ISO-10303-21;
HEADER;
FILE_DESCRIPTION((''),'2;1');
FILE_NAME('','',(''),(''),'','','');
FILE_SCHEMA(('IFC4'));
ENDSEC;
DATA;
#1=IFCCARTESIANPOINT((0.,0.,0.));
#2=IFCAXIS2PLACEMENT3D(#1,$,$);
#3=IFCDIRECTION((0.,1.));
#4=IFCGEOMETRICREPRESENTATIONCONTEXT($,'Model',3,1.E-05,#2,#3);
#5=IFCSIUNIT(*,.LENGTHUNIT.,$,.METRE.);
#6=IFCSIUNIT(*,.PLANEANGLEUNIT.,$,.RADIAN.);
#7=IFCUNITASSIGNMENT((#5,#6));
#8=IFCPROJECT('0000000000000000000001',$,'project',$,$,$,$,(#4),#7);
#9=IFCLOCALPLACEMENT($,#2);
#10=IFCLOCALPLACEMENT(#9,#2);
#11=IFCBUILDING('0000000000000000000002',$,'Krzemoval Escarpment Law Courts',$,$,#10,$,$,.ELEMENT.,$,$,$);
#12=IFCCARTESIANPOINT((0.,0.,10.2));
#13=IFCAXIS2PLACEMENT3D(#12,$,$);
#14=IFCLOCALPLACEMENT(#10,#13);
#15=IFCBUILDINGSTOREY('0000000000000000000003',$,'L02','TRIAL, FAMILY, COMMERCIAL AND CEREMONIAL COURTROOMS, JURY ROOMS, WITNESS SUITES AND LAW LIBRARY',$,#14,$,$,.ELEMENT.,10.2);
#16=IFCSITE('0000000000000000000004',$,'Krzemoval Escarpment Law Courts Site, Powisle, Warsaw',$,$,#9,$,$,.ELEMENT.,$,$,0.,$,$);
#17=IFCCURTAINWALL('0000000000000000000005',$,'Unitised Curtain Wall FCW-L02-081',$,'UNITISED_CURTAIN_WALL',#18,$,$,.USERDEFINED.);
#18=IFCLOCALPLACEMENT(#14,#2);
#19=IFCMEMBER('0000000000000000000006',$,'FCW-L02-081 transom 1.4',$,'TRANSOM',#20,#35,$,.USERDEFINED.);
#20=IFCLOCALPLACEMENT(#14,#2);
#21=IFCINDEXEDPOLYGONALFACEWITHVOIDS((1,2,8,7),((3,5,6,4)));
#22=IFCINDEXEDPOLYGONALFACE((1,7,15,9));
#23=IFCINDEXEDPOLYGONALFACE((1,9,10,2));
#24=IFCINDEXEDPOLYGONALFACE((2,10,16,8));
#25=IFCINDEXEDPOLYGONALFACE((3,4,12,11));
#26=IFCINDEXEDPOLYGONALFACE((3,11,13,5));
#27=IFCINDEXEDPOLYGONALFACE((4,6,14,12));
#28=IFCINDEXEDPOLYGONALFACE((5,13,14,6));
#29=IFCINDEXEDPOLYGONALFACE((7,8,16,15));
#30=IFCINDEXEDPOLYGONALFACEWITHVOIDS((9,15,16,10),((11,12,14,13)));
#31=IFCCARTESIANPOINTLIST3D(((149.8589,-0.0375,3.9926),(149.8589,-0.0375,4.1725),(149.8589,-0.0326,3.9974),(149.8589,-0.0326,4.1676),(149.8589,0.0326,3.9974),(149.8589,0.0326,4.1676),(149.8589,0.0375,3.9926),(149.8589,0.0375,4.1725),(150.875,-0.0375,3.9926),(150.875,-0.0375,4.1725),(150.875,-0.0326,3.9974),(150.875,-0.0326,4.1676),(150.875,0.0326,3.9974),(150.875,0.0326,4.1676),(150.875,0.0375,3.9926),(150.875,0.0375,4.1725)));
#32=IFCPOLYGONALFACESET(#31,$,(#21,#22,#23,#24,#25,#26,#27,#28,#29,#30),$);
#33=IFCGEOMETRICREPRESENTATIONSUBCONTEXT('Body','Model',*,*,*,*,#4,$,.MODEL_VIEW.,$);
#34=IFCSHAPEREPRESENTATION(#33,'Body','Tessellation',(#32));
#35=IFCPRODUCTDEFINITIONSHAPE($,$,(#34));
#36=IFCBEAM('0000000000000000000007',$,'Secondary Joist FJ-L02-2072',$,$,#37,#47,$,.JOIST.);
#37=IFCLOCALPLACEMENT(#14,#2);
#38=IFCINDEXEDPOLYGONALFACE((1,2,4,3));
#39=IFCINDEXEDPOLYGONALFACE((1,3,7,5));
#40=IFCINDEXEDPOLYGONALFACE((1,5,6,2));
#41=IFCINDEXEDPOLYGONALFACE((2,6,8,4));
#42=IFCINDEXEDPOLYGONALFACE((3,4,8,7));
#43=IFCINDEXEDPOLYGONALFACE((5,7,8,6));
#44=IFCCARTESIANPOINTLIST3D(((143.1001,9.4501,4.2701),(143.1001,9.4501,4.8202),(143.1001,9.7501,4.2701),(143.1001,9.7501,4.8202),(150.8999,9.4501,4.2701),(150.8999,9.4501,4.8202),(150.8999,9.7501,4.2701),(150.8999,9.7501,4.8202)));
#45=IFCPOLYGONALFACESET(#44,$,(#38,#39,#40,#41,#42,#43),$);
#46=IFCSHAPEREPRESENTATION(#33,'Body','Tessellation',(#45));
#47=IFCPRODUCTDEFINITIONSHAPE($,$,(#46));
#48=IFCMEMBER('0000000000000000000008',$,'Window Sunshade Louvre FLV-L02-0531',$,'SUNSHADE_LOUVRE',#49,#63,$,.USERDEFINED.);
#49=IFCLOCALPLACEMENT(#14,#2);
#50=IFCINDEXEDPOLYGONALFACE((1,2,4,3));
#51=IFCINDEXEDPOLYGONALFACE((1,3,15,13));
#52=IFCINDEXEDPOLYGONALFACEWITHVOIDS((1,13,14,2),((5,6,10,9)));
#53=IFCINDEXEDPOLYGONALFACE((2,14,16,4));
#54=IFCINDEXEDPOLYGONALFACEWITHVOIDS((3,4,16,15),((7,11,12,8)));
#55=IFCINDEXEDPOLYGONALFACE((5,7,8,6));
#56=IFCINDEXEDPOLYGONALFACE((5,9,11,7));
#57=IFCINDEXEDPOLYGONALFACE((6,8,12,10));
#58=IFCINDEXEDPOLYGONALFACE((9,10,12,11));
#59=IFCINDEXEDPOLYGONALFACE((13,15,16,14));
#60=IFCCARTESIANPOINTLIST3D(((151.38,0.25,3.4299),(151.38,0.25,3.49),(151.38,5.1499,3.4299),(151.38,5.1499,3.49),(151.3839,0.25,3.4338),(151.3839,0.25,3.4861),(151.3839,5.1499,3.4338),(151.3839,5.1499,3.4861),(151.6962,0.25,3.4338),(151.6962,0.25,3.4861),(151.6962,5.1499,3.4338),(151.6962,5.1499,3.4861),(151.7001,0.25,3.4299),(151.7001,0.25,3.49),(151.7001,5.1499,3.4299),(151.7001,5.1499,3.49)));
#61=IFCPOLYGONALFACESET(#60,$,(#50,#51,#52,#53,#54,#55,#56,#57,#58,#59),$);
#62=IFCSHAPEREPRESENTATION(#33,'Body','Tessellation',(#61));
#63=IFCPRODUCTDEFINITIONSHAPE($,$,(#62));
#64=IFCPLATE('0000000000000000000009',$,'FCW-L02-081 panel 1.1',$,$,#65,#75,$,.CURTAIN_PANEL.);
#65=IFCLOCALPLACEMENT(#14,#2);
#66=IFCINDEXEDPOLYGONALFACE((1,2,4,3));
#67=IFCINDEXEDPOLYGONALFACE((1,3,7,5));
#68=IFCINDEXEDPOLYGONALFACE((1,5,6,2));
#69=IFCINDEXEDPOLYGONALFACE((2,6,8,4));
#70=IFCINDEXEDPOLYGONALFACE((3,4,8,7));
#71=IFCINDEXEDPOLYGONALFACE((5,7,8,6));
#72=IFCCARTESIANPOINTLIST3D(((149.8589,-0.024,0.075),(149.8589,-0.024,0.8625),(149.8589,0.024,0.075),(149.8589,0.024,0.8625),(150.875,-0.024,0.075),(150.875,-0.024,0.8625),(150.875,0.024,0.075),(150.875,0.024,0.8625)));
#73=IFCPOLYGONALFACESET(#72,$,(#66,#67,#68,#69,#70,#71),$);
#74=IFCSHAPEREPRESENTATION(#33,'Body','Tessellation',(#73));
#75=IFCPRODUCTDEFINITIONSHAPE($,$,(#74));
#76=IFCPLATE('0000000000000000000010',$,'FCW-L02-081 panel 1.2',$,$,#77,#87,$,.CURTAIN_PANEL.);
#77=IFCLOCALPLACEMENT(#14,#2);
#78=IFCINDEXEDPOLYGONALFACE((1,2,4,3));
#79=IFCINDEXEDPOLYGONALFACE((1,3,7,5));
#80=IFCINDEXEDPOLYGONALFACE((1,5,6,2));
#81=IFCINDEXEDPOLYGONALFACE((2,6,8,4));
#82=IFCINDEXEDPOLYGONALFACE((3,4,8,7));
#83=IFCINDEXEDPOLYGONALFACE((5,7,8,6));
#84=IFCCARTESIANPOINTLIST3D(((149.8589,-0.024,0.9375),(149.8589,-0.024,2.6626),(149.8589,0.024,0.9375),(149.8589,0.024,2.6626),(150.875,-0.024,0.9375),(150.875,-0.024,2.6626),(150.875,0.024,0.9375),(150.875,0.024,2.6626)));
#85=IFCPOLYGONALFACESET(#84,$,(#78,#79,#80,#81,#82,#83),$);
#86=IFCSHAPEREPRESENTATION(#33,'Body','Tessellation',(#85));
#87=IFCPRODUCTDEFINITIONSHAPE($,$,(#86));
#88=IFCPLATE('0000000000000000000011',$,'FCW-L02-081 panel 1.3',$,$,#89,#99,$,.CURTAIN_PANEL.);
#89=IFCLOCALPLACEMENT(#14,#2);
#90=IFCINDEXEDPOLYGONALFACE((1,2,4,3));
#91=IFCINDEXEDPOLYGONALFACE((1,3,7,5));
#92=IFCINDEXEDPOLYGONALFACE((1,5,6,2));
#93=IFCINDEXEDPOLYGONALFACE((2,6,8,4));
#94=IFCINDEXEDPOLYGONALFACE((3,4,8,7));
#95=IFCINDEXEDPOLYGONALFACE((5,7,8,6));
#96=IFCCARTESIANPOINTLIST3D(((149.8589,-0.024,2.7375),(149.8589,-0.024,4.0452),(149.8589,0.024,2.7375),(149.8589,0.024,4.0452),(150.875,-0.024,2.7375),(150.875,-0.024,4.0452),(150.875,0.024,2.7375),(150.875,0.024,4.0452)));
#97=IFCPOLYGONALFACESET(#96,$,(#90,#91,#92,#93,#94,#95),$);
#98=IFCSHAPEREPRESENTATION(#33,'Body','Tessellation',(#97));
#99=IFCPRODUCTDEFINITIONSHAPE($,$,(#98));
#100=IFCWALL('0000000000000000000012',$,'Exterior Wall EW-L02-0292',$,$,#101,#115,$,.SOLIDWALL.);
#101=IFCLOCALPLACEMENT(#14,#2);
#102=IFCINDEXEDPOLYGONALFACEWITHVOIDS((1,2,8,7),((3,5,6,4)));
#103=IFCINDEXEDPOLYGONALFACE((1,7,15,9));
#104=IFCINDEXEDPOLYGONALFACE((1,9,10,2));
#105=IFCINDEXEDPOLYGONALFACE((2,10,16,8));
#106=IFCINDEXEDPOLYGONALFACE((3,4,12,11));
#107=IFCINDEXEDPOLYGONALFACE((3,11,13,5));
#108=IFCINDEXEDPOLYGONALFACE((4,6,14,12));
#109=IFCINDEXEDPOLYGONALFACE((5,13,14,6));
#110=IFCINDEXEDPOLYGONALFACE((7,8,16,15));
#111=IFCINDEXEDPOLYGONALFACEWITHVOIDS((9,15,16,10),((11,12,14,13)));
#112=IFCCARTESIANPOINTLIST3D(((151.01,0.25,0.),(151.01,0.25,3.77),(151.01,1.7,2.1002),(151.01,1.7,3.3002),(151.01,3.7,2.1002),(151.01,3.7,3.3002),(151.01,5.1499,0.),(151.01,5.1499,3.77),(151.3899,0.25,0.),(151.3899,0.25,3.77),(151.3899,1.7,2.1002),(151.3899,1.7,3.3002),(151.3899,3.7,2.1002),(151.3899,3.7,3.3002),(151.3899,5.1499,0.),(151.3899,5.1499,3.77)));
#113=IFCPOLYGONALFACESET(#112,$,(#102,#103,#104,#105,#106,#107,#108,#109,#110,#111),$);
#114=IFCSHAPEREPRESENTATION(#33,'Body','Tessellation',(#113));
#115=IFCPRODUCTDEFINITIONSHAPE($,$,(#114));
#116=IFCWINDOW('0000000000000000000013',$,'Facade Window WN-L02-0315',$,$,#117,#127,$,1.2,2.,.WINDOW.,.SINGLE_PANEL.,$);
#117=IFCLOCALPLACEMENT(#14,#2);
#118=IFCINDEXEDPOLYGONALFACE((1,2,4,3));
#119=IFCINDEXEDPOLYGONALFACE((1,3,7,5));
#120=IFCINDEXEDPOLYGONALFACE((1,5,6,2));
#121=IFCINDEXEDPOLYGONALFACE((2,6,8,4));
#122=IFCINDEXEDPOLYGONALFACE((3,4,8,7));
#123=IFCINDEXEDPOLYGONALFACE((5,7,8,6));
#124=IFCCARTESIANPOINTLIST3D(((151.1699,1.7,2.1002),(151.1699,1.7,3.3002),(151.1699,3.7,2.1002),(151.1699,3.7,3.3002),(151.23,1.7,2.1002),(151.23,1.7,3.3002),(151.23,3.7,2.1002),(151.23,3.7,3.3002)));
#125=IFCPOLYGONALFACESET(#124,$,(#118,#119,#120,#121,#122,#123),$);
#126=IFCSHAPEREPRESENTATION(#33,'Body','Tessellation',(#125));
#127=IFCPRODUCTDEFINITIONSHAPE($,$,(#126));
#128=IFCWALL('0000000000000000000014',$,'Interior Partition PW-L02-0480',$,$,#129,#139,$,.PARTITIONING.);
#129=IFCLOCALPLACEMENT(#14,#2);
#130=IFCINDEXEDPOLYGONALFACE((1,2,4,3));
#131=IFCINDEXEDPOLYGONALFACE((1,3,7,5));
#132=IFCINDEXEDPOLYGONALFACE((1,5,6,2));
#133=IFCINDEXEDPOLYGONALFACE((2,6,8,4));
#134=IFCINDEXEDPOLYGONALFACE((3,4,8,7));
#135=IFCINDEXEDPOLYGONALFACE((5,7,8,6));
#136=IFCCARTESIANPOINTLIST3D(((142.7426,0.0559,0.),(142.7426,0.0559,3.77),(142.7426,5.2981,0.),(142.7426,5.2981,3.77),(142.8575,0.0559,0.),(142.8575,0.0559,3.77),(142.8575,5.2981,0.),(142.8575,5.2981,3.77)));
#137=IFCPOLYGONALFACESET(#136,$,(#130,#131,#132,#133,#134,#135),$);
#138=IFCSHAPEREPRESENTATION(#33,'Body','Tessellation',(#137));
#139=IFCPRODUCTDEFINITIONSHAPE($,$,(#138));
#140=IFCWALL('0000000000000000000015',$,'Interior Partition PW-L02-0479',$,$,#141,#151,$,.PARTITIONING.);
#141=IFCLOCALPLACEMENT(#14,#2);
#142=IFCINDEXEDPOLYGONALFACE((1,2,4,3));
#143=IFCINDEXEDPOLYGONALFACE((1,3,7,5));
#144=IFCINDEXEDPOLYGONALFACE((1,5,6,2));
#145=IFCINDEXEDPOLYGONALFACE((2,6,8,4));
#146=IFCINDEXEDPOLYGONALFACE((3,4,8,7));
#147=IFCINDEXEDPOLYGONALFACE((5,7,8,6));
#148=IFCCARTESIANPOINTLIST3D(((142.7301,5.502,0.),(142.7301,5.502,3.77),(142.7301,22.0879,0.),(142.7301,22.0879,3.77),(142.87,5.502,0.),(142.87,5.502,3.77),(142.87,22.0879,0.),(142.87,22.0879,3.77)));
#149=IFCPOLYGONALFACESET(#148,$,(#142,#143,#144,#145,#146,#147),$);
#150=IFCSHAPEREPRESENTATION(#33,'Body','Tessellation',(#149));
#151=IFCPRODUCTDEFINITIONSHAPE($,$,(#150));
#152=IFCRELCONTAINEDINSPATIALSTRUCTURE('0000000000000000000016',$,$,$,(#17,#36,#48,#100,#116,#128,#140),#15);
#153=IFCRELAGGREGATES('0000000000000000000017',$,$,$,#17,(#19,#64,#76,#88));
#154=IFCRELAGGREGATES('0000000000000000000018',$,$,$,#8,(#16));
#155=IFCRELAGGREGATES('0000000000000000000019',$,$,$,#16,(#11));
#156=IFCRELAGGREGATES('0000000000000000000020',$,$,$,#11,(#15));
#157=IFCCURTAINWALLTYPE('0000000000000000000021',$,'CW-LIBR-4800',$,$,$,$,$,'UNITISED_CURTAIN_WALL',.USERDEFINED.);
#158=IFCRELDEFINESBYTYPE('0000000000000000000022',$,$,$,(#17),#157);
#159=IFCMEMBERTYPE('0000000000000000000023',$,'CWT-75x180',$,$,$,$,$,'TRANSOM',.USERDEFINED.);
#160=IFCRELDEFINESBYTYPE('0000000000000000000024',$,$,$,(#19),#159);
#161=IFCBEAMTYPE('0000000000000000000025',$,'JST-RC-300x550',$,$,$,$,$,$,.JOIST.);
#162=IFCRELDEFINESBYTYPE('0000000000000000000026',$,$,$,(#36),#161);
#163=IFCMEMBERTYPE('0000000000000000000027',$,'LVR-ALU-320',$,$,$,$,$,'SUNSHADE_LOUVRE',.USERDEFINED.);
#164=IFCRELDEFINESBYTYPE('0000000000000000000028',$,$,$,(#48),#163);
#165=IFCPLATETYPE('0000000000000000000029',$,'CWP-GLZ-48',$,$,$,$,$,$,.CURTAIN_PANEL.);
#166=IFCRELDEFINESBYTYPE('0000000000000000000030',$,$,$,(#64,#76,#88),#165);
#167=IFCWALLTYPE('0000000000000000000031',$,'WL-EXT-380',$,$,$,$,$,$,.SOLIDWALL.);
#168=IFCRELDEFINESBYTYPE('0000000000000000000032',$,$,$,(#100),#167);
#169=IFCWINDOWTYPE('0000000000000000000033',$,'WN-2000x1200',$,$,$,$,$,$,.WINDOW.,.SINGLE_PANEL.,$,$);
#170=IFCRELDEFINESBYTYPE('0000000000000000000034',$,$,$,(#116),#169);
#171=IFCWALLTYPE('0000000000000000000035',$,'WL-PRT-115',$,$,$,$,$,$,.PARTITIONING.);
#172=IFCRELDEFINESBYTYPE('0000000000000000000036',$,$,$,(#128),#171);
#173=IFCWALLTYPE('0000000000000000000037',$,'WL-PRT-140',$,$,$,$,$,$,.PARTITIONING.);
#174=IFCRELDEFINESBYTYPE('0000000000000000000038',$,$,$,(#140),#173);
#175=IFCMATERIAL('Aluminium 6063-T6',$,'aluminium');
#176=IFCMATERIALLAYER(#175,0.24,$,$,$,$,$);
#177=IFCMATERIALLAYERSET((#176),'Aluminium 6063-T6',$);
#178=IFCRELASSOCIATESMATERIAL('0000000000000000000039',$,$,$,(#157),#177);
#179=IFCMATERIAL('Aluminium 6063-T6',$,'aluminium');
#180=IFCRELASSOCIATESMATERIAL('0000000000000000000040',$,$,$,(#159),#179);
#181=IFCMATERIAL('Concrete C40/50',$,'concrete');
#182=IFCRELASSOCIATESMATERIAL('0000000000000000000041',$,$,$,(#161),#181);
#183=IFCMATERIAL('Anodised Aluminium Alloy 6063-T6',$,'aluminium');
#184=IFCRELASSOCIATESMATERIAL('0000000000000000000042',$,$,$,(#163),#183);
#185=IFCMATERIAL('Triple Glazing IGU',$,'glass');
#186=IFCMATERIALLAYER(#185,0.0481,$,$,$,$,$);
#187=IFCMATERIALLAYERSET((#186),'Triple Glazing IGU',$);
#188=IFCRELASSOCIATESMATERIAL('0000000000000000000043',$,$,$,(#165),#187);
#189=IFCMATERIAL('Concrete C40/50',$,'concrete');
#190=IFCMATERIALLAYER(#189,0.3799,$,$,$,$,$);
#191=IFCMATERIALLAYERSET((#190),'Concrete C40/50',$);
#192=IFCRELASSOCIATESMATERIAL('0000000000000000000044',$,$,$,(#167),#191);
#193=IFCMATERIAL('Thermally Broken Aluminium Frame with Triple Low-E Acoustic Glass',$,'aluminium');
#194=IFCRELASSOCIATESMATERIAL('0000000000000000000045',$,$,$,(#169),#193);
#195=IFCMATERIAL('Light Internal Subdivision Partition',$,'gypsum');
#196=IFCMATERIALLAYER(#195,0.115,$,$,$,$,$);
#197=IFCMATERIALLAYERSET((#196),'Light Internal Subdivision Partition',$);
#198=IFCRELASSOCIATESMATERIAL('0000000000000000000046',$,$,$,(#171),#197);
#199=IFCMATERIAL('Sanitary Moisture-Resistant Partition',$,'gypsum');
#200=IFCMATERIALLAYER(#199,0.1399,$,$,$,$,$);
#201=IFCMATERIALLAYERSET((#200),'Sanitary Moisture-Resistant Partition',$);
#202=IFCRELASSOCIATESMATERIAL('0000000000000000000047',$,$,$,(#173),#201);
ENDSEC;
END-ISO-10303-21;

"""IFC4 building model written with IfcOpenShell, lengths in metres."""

from ifc_helpers import new_model, si_unit, direction, frame, frame_2d, origin, origin_2d, place, context, subcontext, project, spatial, rectangle, hollow_rectangle, extrude, material, layer, layer_set, material_profile, profile_set, type_object, element, fill, aggregate, save


model = new_model("IFC4")

# Units and contexts
model_context = context("Model", 3, precision=1e-05, world=origin(), true_north=direction((0.0, 1.0)))
body_context = subcontext(model_context, "Body", "Model", "MODEL_VIEW")
ifc_project = project(units=[si_unit("LENGTHUNIT", "METRE"), si_unit("PLANEANGLEUNIT", "RADIAN")], contexts=[model_context])

# Site, building, storey
site_placement = place(None, origin())
site = spatial("IfcSite", under=ifc_project, at=site_placement, Name="Krzemoval Escarpment Law Courts Site, Powisle, Warsaw", CompositionType="ELEMENT", RefElevation=0.0)
building_placement = place(site_placement, origin())
building = spatial("IfcBuilding", under=site, at=building_placement, Name="Krzemoval Escarpment Law Courts", CompositionType="ELEMENT")
storey_placement = place(building_placement, frame((0.0, 0.0, 10.2)))
storey = spatial("IfcBuildingStorey", under=building, at=storey_placement, Name="L02", Description="TRIAL, FAMILY, COMMERCIAL AND CEREMONIAL COURTROOMS, JURY ROOMS, WITNESS SUITES AND LAW LIBRARY", CompositionType="ELEMENT", Elevation=10.2)

# Curtain wall, member
ifc_material_1 = material(Name="Aluminium 6063-T6", Category="aluminium")
ifc_layer_1 = layer(ifc_material_1, 0.24)
ifc_layer_set_1 = layer_set([ifc_layer_1], Name="Aluminium 6063-T6")
curtain_wall_type = type_object("IfcCurtainWallType", Name="CW-LIBR-4800", ElementType="UNITISED_CURTAIN_WALL", PredefinedType="USERDEFINED", material=ifc_layer_set_1)
curtain_wall_placement = place(storey_placement, origin())
curtain_wall = element("IfcCurtainWall", 1, at=curtain_wall_placement, inside=storey, type_object=curtain_wall_type, Name="Unitised Curtain Wall FCW-L02-081", ObjectType="UNITISED_CURTAIN_WALL", PredefinedType="USERDEFINED")
ifc_material_2 = material(Name="Aluminium 6063-T6", Category="aluminium")
ifc_material_profile_1 = material_profile(ifc_material_2, hollow_rectangle(XDim=0.075, YDim=0.1799, WallThickness=0.0049, at=origin_2d()), Name="ALU T75x180")
ifc_profile_set_1 = profile_set([ifc_material_profile_1], Name="Aluminium 6063-T6")
member_type_1 = type_object("IfcMemberType", Name="CWT-75x180", ElementType="TRANSOM", PredefinedType="USERDEFINED", material=ifc_profile_set_1)
member_1_placement = place(storey_placement, frame((150.875, 0.0, 4.0825), z_axis=(-1.0, 0.0, 0.0), x_axis=(0.0, -1.0, 0.0)))
member_1 = element("IfcMember", 2, at=member_1_placement, type_object=member_type_1, Name="FCW-L02-081 transom 1.4", ObjectType="TRANSOM", PredefinedType="USERDEFINED", context=body_context, shape_type="SweptSolid", body=[
    extrude(hollow_rectangle(XDim=0.075, YDim=0.1799, WallThickness=0.0049, at=origin_2d()), origin(), (0.0, 0.0, 1.0), 1.0161),
])

# Beam
ifc_material_3 = material(Name="Concrete C40/50", Category="concrete")
ifc_material_profile_2 = material_profile(ifc_material_3, rectangle(XDim=0.3, YDim=0.55, at=origin_2d()), Name="RCB 300x550")
ifc_profile_set_2 = profile_set([ifc_material_profile_2], Name="Concrete C40/50")
beam_type_1 = type_object("IfcBeamType", Name="JST-RC-300x550", PredefinedType="JOIST", material=ifc_profile_set_2)
beam_1_placement = place(storey_placement, frame((143.1001, 9.6001, 4.5452), z_axis=(1.0, 0.0, 0.0), x_axis=(0.0, 1.0, 0.0)))
element("IfcBeam", 3, at=beam_1_placement, inside=storey, type_object=beam_type_1, Name="Secondary Joist FJ-L02-2072", PredefinedType="JOIST", context=body_context, shape_type="SweptSolid", body=[
    extrude(rectangle(XDim=0.3, YDim=0.55, at=origin_2d()), origin(), (0.0, 0.0, 1.0), 7.7998),
])

# Member
ifc_material_4 = material(Name="Anodised Aluminium Alloy 6063-T6", Category="aluminium")
ifc_material_profile_3 = material_profile(ifc_material_4, hollow_rectangle(XDim=0.0601, YDim=0.3201, WallThickness=0.0039, at=origin_2d()), Name="ALU LVR 60x320")
ifc_profile_set_3 = profile_set([ifc_material_profile_3], Name="Anodised Aluminium Alloy 6063-T6")
member_type_2 = type_object("IfcMemberType", Name="LVR-ALU-320", ElementType="SUNSHADE_LOUVRE", PredefinedType="USERDEFINED", material=ifc_profile_set_3)
member_2_placement = place(storey_placement, frame((151.54, 5.1499, 3.46), z_axis=(0.0, -1.0, 0.0), x_axis=(0.0, 0.0, 1.0)))
element("IfcMember", 4, at=member_2_placement, inside=storey, type_object=member_type_2, Name="Window Sunshade Louvre FLV-L02-0531", ObjectType="SUNSHADE_LOUVRE", PredefinedType="USERDEFINED", context=body_context, shape_type="SweptSolid", body=[
    extrude(hollow_rectangle(XDim=0.0601, YDim=0.3201, WallThickness=0.0039, at=origin_2d()), origin(), (0.0, 0.0, 1.0), 4.8999),
])

# Plates
ifc_material_5 = material(Name="Triple Glazing IGU", Category="glass")
ifc_layer_2 = layer(ifc_material_5, 0.0481)
ifc_layer_set_2 = layer_set([ifc_layer_2], Name="Triple Glazing IGU")
plate_type = type_object("IfcPlateType", Name="CWP-GLZ-48", PredefinedType="CURTAIN_PANEL", material=ifc_layer_set_2)
plate_1_placement = place(storey_placement, frame((150.3669, 0.0, 0.075), z_axis=(0.0, 0.0, 1.0), x_axis=(-1.0, 0.0, 0.0)))
plate_1 = element("IfcPlate", 5, at=plate_1_placement, type_object=plate_type, Name="FCW-L02-081 panel 1.1", PredefinedType="CURTAIN_PANEL", context=body_context, shape_type="SweptSolid", body=[
    extrude(rectangle(XDim=1.0161, YDim=0.0481, at=origin_2d()), origin(), (0.0, 0.0, 1.0), 0.7876),
])
plate_2_placement = place(storey_placement, frame((150.3669, 0.0, 0.9375), z_axis=(0.0, 0.0, 1.0), x_axis=(-1.0, 0.0, 0.0)))
plate_2 = element("IfcPlate", 6, at=plate_2_placement, type_object=plate_type, Name="FCW-L02-081 panel 1.2", PredefinedType="CURTAIN_PANEL", context=body_context, shape_type="SweptSolid", body=[
    extrude(rectangle(XDim=1.0161, YDim=0.0481, at=origin_2d()), origin(), (0.0, 0.0, 1.0), 1.7251),
])
plate_3_placement = place(storey_placement, frame((150.3669, 0.0, 2.7375), z_axis=(0.0, 0.0, 1.0), x_axis=(-1.0, 0.0, 0.0)))
plate_3 = element("IfcPlate", 7, at=plate_3_placement, type_object=plate_type, Name="FCW-L02-081 panel 1.3", PredefinedType="CURTAIN_PANEL", context=body_context, shape_type="SweptSolid", body=[
    extrude(rectangle(XDim=1.0161, YDim=0.0481, at=origin_2d()), origin(), (0.0, 0.0, 1.0), 1.3076),
])
aggregate(curtain_wall, [member_1, plate_1, plate_2, plate_3])

# Wall, opening, window
ifc_material_6 = material(Name="Concrete C40/50", Category="concrete")
ifc_layer_3 = layer(ifc_material_6, 0.3799)
ifc_layer_set_3 = layer_set([ifc_layer_3], Name="Concrete C40/50")
wall_type_1 = type_object("IfcWallType", Name="WL-EXT-380", PredefinedType="SOLIDWALL", material=ifc_layer_set_3)
wall_1_placement = place(storey_placement, frame((151.2, 5.1499, 0.0), z_axis=(0.0, 0.0, 1.0), x_axis=(0.0, -1.0, 0.0)))
wall_1 = element("IfcWall", 8, at=wall_1_placement, inside=storey, type_object=wall_type_1, Name="Exterior Wall EW-L02-0292", PredefinedType="SOLIDWALL", context=body_context, shape_type="SweptSolid", body=[
    extrude(rectangle(XDim=4.8999, YDim=0.3799, at=frame_2d((2.45, 0.0))), origin(), (0.0, 0.0, 1.0), 3.77),
])
opening_placement = place(wall_1_placement, frame((1.45, 0.0, 2.1001)))
opening = element("IfcOpeningElement", 9, at=opening_placement, cuts=wall_1, PredefinedType="OPENING", context=body_context, shape_type="SweptSolid", body=[
    extrude(rectangle(XDim=2.0, YDim=1.2, at=frame_2d((1.0, 0.6001))), frame((0.0, 0.2049, 0.0), z_axis=(0.0, -1.0, 0.0), x_axis=(1.0, 0.0, 0.0)), (0.0, 0.0, 1.0), 0.4099),
])
ifc_material_7 = material(Name="Thermally Broken Aluminium Frame with Triple Low-E Acoustic Glass", Category="aluminium")
window_type = type_object("IfcWindowType", Name="WN-2000x1200", PartitioningType="SINGLE_PANEL", PredefinedType="WINDOW", material=ifc_material_7)
window_placement = place(opening_placement, origin())
window = element("IfcWindow", 10, at=window_placement, inside=storey, type_object=window_type, Name="Facade Window WN-L02-0315", OverallHeight=1.2, OverallWidth=2.0, PartitioningType="SINGLE_PANEL", PredefinedType="WINDOW", context=body_context, shape_type="SweptSolid", body=[
    extrude(rectangle(XDim=2.0, YDim=1.2, at=frame_2d((1.0, 0.6001))), frame((0.0, 0.03, 0.0), z_axis=(0.0, -1.0, 0.0), x_axis=(1.0, 0.0, 0.0)), (0.0, 0.0, 1.0), 0.0601),
])
fill(opening, window)

# Walls
ifc_material_8 = material(Name="Light Internal Subdivision Partition", Category="gypsum")
ifc_layer_4 = layer(ifc_material_8, 0.115)
ifc_layer_set_4 = layer_set([ifc_layer_4], Name="Light Internal Subdivision Partition")
wall_type_2 = type_object("IfcWallType", Name="WL-PRT-115", PredefinedType="PARTITIONING", material=ifc_layer_set_4)
wall_2_placement = place(storey_placement, frame((142.8, 0.0559, 0.0), z_axis=(0.0, 0.0, 1.0), x_axis=(0.0, 1.0, 0.0)))
element("IfcWall", 11, at=wall_2_placement, inside=storey, type_object=wall_type_2, Name="Interior Partition PW-L02-0480", PredefinedType="PARTITIONING", context=body_context, shape_type="SweptSolid", body=[
    extrude(rectangle(XDim=5.2422, YDim=0.115, at=frame_2d((2.6211, 0.0))), origin(), (0.0, 0.0, 1.0), 3.77),
])
ifc_material_9 = material(Name="Sanitary Moisture-Resistant Partition", Category="gypsum")
ifc_layer_5 = layer(ifc_material_9, 0.1399)
ifc_layer_set_5 = layer_set([ifc_layer_5], Name="Sanitary Moisture-Resistant Partition")
wall_type_3 = type_object("IfcWallType", Name="WL-PRT-140", PredefinedType="PARTITIONING", material=ifc_layer_set_5)
wall_3_placement = place(storey_placement, frame((142.8, 5.502, 0.0), z_axis=(0.0, 0.0, 1.0), x_axis=(0.0, 1.0, 0.0)))
element("IfcWall", 12, at=wall_3_placement, inside=storey, type_object=wall_type_3, Name="Interior Partition PW-L02-0479", PredefinedType="PARTITIONING", context=body_context, shape_type="SweptSolid", body=[
    extrude(rectangle(XDim=16.5859, YDim=0.1399, at=frame_2d((8.293, 0.0))), origin(), (0.0, 0.0, 1.0), 3.77),
])

save(model, "model.ifc")
